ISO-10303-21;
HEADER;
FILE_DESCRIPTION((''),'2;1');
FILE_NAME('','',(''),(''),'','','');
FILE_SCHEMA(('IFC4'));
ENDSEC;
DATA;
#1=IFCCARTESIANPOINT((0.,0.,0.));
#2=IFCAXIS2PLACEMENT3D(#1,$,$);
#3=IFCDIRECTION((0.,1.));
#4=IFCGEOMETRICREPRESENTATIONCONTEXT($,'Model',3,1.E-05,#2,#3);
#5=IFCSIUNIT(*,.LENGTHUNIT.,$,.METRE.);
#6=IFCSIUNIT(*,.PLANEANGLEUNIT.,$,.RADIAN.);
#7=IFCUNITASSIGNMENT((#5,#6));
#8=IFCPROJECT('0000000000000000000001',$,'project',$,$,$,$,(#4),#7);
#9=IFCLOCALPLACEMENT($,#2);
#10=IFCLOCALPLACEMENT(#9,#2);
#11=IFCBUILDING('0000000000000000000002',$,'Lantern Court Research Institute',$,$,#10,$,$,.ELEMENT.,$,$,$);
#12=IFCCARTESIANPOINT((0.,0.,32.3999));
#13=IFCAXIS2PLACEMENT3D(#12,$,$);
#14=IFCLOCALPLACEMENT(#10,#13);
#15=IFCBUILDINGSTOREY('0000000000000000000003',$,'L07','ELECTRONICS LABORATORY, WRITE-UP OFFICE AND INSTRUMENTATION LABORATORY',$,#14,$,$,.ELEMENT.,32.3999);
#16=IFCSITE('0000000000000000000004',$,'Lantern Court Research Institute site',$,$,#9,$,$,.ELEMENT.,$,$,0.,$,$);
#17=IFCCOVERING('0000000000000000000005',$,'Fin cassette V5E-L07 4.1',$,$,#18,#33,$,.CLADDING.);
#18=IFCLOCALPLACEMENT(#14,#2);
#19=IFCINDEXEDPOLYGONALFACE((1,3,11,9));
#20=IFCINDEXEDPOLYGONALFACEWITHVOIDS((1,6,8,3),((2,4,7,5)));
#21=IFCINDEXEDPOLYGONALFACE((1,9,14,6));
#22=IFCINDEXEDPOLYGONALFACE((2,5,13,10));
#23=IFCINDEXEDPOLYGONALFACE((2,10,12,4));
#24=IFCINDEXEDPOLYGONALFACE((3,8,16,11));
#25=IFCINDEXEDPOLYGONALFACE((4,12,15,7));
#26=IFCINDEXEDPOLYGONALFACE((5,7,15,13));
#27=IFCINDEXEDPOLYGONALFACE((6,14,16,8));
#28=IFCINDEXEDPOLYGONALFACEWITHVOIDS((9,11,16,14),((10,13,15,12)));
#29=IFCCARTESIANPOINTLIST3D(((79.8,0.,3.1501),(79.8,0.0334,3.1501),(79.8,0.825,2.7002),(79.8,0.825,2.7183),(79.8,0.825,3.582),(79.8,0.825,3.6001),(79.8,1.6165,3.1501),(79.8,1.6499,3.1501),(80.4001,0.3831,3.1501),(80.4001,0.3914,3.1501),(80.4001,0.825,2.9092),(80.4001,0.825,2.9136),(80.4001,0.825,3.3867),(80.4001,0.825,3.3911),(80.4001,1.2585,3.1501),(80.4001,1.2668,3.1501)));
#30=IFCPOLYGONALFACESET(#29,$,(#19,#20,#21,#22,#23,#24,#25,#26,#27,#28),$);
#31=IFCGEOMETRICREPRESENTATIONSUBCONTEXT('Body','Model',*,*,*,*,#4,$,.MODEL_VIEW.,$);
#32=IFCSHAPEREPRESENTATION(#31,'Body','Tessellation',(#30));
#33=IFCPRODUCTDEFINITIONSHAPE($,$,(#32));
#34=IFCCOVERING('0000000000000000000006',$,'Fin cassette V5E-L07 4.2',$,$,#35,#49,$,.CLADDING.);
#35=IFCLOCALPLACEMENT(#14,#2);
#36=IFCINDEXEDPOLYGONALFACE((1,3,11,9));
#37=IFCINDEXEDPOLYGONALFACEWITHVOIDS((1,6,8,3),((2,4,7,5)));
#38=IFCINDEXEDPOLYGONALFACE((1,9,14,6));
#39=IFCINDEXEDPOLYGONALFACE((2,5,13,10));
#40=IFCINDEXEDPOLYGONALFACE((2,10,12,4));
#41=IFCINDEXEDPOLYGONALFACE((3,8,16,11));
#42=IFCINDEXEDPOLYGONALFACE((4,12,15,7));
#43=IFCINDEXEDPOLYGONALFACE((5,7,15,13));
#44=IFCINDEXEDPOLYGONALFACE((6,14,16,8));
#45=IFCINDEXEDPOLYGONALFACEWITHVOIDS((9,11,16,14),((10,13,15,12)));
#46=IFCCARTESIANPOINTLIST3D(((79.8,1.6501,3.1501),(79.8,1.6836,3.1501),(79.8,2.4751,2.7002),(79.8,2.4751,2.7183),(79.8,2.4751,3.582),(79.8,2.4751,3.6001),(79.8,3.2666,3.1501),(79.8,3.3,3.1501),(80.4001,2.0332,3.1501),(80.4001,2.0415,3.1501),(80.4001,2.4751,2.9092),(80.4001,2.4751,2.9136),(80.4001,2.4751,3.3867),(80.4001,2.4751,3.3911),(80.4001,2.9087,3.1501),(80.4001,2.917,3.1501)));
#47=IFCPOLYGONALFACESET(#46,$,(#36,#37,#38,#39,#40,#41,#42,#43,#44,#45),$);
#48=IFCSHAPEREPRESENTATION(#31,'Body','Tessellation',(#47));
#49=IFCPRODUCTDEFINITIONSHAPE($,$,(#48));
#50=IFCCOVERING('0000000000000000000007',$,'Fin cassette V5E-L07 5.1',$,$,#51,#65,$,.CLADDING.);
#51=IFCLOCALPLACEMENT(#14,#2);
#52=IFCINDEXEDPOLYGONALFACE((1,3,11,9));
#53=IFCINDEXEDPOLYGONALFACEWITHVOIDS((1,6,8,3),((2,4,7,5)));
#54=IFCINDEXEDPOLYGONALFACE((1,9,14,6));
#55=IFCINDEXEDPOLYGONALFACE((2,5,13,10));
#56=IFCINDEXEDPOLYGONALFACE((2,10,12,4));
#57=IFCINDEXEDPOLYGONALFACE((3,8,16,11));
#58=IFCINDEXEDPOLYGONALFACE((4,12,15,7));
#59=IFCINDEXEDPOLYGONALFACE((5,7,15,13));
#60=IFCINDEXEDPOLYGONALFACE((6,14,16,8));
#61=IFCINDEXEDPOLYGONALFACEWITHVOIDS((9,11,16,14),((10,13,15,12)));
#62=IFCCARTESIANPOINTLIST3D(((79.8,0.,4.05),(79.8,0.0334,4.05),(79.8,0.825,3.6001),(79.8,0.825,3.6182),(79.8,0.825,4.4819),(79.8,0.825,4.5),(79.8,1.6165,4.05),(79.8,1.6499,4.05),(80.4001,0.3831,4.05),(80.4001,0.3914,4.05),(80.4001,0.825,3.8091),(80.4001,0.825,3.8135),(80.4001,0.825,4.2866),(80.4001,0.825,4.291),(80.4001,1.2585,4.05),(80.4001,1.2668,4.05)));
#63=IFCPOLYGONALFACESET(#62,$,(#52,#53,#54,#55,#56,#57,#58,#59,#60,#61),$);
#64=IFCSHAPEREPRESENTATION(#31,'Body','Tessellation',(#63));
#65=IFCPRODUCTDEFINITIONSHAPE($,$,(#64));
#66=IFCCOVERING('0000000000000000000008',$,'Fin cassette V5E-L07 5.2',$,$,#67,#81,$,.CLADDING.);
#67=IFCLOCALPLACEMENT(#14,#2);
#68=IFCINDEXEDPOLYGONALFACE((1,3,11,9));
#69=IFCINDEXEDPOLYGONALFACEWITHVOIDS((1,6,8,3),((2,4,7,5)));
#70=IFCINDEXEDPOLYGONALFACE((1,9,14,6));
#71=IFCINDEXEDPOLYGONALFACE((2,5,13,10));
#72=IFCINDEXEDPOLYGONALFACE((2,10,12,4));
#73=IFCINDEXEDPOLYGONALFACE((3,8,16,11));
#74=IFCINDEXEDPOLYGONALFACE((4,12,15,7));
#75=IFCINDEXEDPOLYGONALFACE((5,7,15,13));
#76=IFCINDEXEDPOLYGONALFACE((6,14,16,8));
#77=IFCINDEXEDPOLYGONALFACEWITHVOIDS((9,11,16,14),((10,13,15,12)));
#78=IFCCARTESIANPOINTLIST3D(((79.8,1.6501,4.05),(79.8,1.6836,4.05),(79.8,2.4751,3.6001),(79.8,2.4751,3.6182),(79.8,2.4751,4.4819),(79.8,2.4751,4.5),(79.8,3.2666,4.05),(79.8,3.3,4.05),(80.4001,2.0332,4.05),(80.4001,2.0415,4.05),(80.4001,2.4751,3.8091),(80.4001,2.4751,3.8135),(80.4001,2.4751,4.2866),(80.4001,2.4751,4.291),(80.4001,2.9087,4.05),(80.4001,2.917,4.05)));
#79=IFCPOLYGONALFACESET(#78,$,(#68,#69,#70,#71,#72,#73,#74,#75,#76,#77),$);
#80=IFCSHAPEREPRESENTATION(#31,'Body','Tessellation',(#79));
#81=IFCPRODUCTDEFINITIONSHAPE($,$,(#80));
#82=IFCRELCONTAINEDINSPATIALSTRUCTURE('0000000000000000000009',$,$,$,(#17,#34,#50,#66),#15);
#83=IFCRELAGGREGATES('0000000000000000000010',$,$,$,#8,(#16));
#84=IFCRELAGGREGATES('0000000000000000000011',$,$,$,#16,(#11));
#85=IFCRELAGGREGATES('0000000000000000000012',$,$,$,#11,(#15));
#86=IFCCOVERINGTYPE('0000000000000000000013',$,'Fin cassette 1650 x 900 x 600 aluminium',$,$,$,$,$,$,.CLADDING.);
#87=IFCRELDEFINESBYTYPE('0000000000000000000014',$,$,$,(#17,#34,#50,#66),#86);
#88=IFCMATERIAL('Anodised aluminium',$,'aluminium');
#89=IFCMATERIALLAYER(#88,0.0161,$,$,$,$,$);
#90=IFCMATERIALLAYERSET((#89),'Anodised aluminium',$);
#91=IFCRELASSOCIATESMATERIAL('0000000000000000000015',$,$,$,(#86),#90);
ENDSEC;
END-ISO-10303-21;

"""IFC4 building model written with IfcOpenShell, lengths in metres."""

from ifc_helpers import new_model, entity, si_unit, direction, frame, origin, place, context, subcontext, project, spatial, material, layer, layer_set, type_object, element, save


model = new_model("IFC4")

# Units and contexts
model_context = context("Model", 3, precision=1e-05, world=origin(), true_north=direction((0.0, 1.0)))
body_context = subcontext(model_context, "Body", "Model", "MODEL_VIEW")
ifc_project = project(units=[si_unit("LENGTHUNIT", "METRE"), si_unit("PLANEANGLEUNIT", "RADIAN")], contexts=[model_context])

# Site, building, storey
site_placement = place(None, origin())
site = spatial("IfcSite", under=ifc_project, at=site_placement, Name="Lantern Court Research Institute site", CompositionType="ELEMENT", RefElevation=0.0)
building_placement = place(site_placement, origin())
building = spatial("IfcBuilding", under=site, at=building_placement, Name="Lantern Court Research Institute", CompositionType="ELEMENT")
storey_placement = place(building_placement, frame((0.0, 0.0, 32.3999)))
storey = spatial("IfcBuildingStorey", under=building, at=storey_placement, Name="L07", Description="ELECTRONICS LABORATORY, WRITE-UP OFFICE AND INSTRUMENTATION LABORATORY", CompositionType="ELEMENT", Elevation=32.3999)

# Coverings
ifc_material_1 = material(Name="Anodised aluminium", Category="aluminium")
ifc_layer_1 = layer(ifc_material_1, 0.0161)
ifc_layer_set_1 = layer_set([ifc_layer_1], Name="Anodised aluminium")
covering_type = type_object("IfcCoveringType", Name="Fin cassette 1650 x 900 x 600 aluminium", PredefinedType="CLADDING", material=ifc_layer_set_1)
covering_1_placement = place(storey_placement, frame((79.8, 0.825, 3.1501), z_axis=(1.0, 0.0, 0.0), x_axis=(0.0, 1.0, 0.0)))
cartesian_point_1 = entity("IfcCartesianPoint", [0.825, 0.0])
cartesian_point_2 = entity("IfcCartesianPoint", [0.7915, 0.0])
cartesian_point_3 = entity("IfcCartesianPoint", [0.4419, 0.0])
cartesian_point_4 = entity("IfcCartesianPoint", [0.4336, 0.0])
element("IfcCovering", 1, at=covering_1_placement, inside=storey, type_object=covering_type, Name="Fin cassette V5E-L07 4.1", PredefinedType="CLADDING", context=body_context, shape_type="SweptSolid", body=[
    entity("IfcExtrudedAreaSolidTapered", entity("IfcArbitraryProfileDefWithVoids", "AREA", None, entity("IfcPolyline", [cartesian_point_1, entity("IfcCartesianPoint", [0.0, 0.45]), entity("IfcCartesianPoint", [-0.825, 0.0]), entity("IfcCartesianPoint", [0.0, -0.45]), cartesian_point_1]), [entity("IfcPolyline", [cartesian_point_2, entity("IfcCartesianPoint", [0.0, 0.4319]), entity("IfcCartesianPoint", [-0.7915, 0.0]), entity("IfcCartesianPoint", [0.0, -0.4319]), cartesian_point_2])]), entity("IfcAxis2Placement3D", entity("IfcCartesianPoint", [0.0, 0.0, 0.0])), entity("IfcDirection", [0.0, 0.0, 1.0]), 0.6001, entity("IfcArbitraryProfileDefWithVoids", "AREA", None, entity("IfcPolyline", [cartesian_point_3, entity("IfcCartesianPoint", [0.0, 0.241]), entity("IfcCartesianPoint", [-0.4419, 0.0]), entity("IfcCartesianPoint", [0.0, -0.241]), cartesian_point_3]), [entity("IfcPolyline", [cartesian_point_4, entity("IfcCartesianPoint", [0.0, 0.2366]), entity("IfcCartesianPoint", [-0.4336, 0.0]), entity("IfcCartesianPoint", [0.0, -0.2366]), cartesian_point_4])])),
])
covering_2_placement = place(storey_placement, frame((79.8, 2.4751, 3.1501), z_axis=(1.0, 0.0, 0.0), x_axis=(0.0, 1.0, 0.0)))
cartesian_point_5 = entity("IfcCartesianPoint", [0.825, 0.0])
cartesian_point_6 = entity("IfcCartesianPoint", [0.7915, 0.0])
cartesian_point_7 = entity("IfcCartesianPoint", [0.4419, 0.0])
cartesian_point_8 = entity("IfcCartesianPoint", [0.4336, 0.0])
element("IfcCovering", 2, at=covering_2_placement, inside=storey, type_object=covering_type, Name="Fin cassette V5E-L07 4.2", PredefinedType="CLADDING", context=body_context, shape_type="SweptSolid", body=[
    entity("IfcExtrudedAreaSolidTapered", entity("IfcArbitraryProfileDefWithVoids", "AREA", None, entity("IfcPolyline", [cartesian_point_5, entity("IfcCartesianPoint", [0.0, 0.45]), entity("IfcCartesianPoint", [-0.825, 0.0]), entity("IfcCartesianPoint", [0.0, -0.45]), cartesian_point_5]), [entity("IfcPolyline", [cartesian_point_6, entity("IfcCartesianPoint", [0.0, 0.4319]), entity("IfcCartesianPoint", [-0.7915, 0.0]), entity("IfcCartesianPoint", [0.0, -0.4319]), cartesian_point_6])]), entity("IfcAxis2Placement3D", entity("IfcCartesianPoint", [0.0, 0.0, 0.0])), entity("IfcDirection", [0.0, 0.0, 1.0]), 0.6001, entity("IfcArbitraryProfileDefWithVoids", "AREA", None, entity("IfcPolyline", [cartesian_point_7, entity("IfcCartesianPoint", [0.0, 0.241]), entity("IfcCartesianPoint", [-0.4419, 0.0]), entity("IfcCartesianPoint", [0.0, -0.241]), cartesian_point_7]), [entity("IfcPolyline", [cartesian_point_8, entity("IfcCartesianPoint", [0.0, 0.2366]), entity("IfcCartesianPoint", [-0.4336, 0.0]), entity("IfcCartesianPoint", [0.0, -0.2366]), cartesian_point_8])])),
])
covering_3_placement = place(storey_placement, frame((79.8, 0.825, 4.05), z_axis=(1.0, 0.0, 0.0), x_axis=(0.0, 1.0, 0.0)))
cartesian_point_9 = entity("IfcCartesianPoint", [0.825, 0.0])
cartesian_point_10 = entity("IfcCartesianPoint", [0.7915, 0.0])
cartesian_point_11 = entity("IfcCartesianPoint", [0.4419, 0.0])
cartesian_point_12 = entity("IfcCartesianPoint", [0.4336, 0.0])
element("IfcCovering", 3, at=covering_3_placement, inside=storey, type_object=covering_type, Name="Fin cassette V5E-L07 5.1", PredefinedType="CLADDING", context=body_context, shape_type="SweptSolid", body=[
    entity("IfcExtrudedAreaSolidTapered", entity("IfcArbitraryProfileDefWithVoids", "AREA", None, entity("IfcPolyline", [cartesian_point_9, entity("IfcCartesianPoint", [0.0, 0.45]), entity("IfcCartesianPoint", [-0.825, 0.0]), entity("IfcCartesianPoint", [0.0, -0.45]), cartesian_point_9]), [entity("IfcPolyline", [cartesian_point_10, entity("IfcCartesianPoint", [0.0, 0.4319]), entity("IfcCartesianPoint", [-0.7915, 0.0]), entity("IfcCartesianPoint", [0.0, -0.4319]), cartesian_point_10])]), entity("IfcAxis2Placement3D", entity("IfcCartesianPoint", [0.0, 0.0, 0.0])), entity("IfcDirection", [0.0, 0.0, 1.0]), 0.6001, entity("IfcArbitraryProfileDefWithVoids", "AREA", None, entity("IfcPolyline", [cartesian_point_11, entity("IfcCartesianPoint", [0.0, 0.241]), entity("IfcCartesianPoint", [-0.4419, 0.0]), entity("IfcCartesianPoint", [0.0, -0.241]), cartesian_point_11]), [entity("IfcPolyline", [cartesian_point_12, entity("IfcCartesianPoint", [0.0, 0.2366]), entity("IfcCartesianPoint", [-0.4336, 0.0]), entity("IfcCartesianPoint", [0.0, -0.2366]), cartesian_point_12])])),
])
covering_4_placement = place(storey_placement, frame((79.8, 2.4751, 4.05), z_axis=(1.0, 0.0, 0.0), x_axis=(0.0, 1.0, 0.0)))
cartesian_point_13 = entity("IfcCartesianPoint", [0.825, 0.0])
cartesian_point_14 = entity("IfcCartesianPoint", [0.7915, 0.0])
cartesian_point_15 = entity("IfcCartesianPoint", [0.4419, 0.0])
cartesian_point_16 = entity("IfcCartesianPoint", [0.4336, 0.0])
element("IfcCovering", 4, at=covering_4_placement, inside=storey, type_object=covering_type, Name="Fin cassette V5E-L07 5.2", PredefinedType="CLADDING", context=body_context, shape_type="SweptSolid", body=[
    entity("IfcExtrudedAreaSolidTapered", entity("IfcArbitraryProfileDefWithVoids", "AREA", None, entity("IfcPolyline", [cartesian_point_13, entity("IfcCartesianPoint", [0.0, 0.45]), entity("IfcCartesianPoint", [-0.825, 0.0]), entity("IfcCartesianPoint", [0.0, -0.45]), cartesian_point_13]), [entity("IfcPolyline", [cartesian_point_14, entity("IfcCartesianPoint", [0.0, 0.4319]), entity("IfcCartesianPoint", [-0.7915, 0.0]), entity("IfcCartesianPoint", [0.0, -0.4319]), cartesian_point_14])]), entity("IfcAxis2Placement3D", entity("IfcCartesianPoint", [0.0, 0.0, 0.0])), entity("IfcDirection", [0.0, 0.0, 1.0]), 0.6001, entity("IfcArbitraryProfileDefWithVoids", "AREA", None, entity("IfcPolyline", [cartesian_point_15, entity("IfcCartesianPoint", [0.0, 0.241]), entity("IfcCartesianPoint", [-0.4419, 0.0]), entity("IfcCartesianPoint", [0.0, -0.241]), cartesian_point_15]), [entity("IfcPolyline", [cartesian_point_16, entity("IfcCartesianPoint", [0.0, 0.2366]), entity("IfcCartesianPoint", [-0.4336, 0.0]), entity("IfcCartesianPoint", [0.0, -0.2366]), cartesian_point_16])])),
])

save(model, "model.ifc")
